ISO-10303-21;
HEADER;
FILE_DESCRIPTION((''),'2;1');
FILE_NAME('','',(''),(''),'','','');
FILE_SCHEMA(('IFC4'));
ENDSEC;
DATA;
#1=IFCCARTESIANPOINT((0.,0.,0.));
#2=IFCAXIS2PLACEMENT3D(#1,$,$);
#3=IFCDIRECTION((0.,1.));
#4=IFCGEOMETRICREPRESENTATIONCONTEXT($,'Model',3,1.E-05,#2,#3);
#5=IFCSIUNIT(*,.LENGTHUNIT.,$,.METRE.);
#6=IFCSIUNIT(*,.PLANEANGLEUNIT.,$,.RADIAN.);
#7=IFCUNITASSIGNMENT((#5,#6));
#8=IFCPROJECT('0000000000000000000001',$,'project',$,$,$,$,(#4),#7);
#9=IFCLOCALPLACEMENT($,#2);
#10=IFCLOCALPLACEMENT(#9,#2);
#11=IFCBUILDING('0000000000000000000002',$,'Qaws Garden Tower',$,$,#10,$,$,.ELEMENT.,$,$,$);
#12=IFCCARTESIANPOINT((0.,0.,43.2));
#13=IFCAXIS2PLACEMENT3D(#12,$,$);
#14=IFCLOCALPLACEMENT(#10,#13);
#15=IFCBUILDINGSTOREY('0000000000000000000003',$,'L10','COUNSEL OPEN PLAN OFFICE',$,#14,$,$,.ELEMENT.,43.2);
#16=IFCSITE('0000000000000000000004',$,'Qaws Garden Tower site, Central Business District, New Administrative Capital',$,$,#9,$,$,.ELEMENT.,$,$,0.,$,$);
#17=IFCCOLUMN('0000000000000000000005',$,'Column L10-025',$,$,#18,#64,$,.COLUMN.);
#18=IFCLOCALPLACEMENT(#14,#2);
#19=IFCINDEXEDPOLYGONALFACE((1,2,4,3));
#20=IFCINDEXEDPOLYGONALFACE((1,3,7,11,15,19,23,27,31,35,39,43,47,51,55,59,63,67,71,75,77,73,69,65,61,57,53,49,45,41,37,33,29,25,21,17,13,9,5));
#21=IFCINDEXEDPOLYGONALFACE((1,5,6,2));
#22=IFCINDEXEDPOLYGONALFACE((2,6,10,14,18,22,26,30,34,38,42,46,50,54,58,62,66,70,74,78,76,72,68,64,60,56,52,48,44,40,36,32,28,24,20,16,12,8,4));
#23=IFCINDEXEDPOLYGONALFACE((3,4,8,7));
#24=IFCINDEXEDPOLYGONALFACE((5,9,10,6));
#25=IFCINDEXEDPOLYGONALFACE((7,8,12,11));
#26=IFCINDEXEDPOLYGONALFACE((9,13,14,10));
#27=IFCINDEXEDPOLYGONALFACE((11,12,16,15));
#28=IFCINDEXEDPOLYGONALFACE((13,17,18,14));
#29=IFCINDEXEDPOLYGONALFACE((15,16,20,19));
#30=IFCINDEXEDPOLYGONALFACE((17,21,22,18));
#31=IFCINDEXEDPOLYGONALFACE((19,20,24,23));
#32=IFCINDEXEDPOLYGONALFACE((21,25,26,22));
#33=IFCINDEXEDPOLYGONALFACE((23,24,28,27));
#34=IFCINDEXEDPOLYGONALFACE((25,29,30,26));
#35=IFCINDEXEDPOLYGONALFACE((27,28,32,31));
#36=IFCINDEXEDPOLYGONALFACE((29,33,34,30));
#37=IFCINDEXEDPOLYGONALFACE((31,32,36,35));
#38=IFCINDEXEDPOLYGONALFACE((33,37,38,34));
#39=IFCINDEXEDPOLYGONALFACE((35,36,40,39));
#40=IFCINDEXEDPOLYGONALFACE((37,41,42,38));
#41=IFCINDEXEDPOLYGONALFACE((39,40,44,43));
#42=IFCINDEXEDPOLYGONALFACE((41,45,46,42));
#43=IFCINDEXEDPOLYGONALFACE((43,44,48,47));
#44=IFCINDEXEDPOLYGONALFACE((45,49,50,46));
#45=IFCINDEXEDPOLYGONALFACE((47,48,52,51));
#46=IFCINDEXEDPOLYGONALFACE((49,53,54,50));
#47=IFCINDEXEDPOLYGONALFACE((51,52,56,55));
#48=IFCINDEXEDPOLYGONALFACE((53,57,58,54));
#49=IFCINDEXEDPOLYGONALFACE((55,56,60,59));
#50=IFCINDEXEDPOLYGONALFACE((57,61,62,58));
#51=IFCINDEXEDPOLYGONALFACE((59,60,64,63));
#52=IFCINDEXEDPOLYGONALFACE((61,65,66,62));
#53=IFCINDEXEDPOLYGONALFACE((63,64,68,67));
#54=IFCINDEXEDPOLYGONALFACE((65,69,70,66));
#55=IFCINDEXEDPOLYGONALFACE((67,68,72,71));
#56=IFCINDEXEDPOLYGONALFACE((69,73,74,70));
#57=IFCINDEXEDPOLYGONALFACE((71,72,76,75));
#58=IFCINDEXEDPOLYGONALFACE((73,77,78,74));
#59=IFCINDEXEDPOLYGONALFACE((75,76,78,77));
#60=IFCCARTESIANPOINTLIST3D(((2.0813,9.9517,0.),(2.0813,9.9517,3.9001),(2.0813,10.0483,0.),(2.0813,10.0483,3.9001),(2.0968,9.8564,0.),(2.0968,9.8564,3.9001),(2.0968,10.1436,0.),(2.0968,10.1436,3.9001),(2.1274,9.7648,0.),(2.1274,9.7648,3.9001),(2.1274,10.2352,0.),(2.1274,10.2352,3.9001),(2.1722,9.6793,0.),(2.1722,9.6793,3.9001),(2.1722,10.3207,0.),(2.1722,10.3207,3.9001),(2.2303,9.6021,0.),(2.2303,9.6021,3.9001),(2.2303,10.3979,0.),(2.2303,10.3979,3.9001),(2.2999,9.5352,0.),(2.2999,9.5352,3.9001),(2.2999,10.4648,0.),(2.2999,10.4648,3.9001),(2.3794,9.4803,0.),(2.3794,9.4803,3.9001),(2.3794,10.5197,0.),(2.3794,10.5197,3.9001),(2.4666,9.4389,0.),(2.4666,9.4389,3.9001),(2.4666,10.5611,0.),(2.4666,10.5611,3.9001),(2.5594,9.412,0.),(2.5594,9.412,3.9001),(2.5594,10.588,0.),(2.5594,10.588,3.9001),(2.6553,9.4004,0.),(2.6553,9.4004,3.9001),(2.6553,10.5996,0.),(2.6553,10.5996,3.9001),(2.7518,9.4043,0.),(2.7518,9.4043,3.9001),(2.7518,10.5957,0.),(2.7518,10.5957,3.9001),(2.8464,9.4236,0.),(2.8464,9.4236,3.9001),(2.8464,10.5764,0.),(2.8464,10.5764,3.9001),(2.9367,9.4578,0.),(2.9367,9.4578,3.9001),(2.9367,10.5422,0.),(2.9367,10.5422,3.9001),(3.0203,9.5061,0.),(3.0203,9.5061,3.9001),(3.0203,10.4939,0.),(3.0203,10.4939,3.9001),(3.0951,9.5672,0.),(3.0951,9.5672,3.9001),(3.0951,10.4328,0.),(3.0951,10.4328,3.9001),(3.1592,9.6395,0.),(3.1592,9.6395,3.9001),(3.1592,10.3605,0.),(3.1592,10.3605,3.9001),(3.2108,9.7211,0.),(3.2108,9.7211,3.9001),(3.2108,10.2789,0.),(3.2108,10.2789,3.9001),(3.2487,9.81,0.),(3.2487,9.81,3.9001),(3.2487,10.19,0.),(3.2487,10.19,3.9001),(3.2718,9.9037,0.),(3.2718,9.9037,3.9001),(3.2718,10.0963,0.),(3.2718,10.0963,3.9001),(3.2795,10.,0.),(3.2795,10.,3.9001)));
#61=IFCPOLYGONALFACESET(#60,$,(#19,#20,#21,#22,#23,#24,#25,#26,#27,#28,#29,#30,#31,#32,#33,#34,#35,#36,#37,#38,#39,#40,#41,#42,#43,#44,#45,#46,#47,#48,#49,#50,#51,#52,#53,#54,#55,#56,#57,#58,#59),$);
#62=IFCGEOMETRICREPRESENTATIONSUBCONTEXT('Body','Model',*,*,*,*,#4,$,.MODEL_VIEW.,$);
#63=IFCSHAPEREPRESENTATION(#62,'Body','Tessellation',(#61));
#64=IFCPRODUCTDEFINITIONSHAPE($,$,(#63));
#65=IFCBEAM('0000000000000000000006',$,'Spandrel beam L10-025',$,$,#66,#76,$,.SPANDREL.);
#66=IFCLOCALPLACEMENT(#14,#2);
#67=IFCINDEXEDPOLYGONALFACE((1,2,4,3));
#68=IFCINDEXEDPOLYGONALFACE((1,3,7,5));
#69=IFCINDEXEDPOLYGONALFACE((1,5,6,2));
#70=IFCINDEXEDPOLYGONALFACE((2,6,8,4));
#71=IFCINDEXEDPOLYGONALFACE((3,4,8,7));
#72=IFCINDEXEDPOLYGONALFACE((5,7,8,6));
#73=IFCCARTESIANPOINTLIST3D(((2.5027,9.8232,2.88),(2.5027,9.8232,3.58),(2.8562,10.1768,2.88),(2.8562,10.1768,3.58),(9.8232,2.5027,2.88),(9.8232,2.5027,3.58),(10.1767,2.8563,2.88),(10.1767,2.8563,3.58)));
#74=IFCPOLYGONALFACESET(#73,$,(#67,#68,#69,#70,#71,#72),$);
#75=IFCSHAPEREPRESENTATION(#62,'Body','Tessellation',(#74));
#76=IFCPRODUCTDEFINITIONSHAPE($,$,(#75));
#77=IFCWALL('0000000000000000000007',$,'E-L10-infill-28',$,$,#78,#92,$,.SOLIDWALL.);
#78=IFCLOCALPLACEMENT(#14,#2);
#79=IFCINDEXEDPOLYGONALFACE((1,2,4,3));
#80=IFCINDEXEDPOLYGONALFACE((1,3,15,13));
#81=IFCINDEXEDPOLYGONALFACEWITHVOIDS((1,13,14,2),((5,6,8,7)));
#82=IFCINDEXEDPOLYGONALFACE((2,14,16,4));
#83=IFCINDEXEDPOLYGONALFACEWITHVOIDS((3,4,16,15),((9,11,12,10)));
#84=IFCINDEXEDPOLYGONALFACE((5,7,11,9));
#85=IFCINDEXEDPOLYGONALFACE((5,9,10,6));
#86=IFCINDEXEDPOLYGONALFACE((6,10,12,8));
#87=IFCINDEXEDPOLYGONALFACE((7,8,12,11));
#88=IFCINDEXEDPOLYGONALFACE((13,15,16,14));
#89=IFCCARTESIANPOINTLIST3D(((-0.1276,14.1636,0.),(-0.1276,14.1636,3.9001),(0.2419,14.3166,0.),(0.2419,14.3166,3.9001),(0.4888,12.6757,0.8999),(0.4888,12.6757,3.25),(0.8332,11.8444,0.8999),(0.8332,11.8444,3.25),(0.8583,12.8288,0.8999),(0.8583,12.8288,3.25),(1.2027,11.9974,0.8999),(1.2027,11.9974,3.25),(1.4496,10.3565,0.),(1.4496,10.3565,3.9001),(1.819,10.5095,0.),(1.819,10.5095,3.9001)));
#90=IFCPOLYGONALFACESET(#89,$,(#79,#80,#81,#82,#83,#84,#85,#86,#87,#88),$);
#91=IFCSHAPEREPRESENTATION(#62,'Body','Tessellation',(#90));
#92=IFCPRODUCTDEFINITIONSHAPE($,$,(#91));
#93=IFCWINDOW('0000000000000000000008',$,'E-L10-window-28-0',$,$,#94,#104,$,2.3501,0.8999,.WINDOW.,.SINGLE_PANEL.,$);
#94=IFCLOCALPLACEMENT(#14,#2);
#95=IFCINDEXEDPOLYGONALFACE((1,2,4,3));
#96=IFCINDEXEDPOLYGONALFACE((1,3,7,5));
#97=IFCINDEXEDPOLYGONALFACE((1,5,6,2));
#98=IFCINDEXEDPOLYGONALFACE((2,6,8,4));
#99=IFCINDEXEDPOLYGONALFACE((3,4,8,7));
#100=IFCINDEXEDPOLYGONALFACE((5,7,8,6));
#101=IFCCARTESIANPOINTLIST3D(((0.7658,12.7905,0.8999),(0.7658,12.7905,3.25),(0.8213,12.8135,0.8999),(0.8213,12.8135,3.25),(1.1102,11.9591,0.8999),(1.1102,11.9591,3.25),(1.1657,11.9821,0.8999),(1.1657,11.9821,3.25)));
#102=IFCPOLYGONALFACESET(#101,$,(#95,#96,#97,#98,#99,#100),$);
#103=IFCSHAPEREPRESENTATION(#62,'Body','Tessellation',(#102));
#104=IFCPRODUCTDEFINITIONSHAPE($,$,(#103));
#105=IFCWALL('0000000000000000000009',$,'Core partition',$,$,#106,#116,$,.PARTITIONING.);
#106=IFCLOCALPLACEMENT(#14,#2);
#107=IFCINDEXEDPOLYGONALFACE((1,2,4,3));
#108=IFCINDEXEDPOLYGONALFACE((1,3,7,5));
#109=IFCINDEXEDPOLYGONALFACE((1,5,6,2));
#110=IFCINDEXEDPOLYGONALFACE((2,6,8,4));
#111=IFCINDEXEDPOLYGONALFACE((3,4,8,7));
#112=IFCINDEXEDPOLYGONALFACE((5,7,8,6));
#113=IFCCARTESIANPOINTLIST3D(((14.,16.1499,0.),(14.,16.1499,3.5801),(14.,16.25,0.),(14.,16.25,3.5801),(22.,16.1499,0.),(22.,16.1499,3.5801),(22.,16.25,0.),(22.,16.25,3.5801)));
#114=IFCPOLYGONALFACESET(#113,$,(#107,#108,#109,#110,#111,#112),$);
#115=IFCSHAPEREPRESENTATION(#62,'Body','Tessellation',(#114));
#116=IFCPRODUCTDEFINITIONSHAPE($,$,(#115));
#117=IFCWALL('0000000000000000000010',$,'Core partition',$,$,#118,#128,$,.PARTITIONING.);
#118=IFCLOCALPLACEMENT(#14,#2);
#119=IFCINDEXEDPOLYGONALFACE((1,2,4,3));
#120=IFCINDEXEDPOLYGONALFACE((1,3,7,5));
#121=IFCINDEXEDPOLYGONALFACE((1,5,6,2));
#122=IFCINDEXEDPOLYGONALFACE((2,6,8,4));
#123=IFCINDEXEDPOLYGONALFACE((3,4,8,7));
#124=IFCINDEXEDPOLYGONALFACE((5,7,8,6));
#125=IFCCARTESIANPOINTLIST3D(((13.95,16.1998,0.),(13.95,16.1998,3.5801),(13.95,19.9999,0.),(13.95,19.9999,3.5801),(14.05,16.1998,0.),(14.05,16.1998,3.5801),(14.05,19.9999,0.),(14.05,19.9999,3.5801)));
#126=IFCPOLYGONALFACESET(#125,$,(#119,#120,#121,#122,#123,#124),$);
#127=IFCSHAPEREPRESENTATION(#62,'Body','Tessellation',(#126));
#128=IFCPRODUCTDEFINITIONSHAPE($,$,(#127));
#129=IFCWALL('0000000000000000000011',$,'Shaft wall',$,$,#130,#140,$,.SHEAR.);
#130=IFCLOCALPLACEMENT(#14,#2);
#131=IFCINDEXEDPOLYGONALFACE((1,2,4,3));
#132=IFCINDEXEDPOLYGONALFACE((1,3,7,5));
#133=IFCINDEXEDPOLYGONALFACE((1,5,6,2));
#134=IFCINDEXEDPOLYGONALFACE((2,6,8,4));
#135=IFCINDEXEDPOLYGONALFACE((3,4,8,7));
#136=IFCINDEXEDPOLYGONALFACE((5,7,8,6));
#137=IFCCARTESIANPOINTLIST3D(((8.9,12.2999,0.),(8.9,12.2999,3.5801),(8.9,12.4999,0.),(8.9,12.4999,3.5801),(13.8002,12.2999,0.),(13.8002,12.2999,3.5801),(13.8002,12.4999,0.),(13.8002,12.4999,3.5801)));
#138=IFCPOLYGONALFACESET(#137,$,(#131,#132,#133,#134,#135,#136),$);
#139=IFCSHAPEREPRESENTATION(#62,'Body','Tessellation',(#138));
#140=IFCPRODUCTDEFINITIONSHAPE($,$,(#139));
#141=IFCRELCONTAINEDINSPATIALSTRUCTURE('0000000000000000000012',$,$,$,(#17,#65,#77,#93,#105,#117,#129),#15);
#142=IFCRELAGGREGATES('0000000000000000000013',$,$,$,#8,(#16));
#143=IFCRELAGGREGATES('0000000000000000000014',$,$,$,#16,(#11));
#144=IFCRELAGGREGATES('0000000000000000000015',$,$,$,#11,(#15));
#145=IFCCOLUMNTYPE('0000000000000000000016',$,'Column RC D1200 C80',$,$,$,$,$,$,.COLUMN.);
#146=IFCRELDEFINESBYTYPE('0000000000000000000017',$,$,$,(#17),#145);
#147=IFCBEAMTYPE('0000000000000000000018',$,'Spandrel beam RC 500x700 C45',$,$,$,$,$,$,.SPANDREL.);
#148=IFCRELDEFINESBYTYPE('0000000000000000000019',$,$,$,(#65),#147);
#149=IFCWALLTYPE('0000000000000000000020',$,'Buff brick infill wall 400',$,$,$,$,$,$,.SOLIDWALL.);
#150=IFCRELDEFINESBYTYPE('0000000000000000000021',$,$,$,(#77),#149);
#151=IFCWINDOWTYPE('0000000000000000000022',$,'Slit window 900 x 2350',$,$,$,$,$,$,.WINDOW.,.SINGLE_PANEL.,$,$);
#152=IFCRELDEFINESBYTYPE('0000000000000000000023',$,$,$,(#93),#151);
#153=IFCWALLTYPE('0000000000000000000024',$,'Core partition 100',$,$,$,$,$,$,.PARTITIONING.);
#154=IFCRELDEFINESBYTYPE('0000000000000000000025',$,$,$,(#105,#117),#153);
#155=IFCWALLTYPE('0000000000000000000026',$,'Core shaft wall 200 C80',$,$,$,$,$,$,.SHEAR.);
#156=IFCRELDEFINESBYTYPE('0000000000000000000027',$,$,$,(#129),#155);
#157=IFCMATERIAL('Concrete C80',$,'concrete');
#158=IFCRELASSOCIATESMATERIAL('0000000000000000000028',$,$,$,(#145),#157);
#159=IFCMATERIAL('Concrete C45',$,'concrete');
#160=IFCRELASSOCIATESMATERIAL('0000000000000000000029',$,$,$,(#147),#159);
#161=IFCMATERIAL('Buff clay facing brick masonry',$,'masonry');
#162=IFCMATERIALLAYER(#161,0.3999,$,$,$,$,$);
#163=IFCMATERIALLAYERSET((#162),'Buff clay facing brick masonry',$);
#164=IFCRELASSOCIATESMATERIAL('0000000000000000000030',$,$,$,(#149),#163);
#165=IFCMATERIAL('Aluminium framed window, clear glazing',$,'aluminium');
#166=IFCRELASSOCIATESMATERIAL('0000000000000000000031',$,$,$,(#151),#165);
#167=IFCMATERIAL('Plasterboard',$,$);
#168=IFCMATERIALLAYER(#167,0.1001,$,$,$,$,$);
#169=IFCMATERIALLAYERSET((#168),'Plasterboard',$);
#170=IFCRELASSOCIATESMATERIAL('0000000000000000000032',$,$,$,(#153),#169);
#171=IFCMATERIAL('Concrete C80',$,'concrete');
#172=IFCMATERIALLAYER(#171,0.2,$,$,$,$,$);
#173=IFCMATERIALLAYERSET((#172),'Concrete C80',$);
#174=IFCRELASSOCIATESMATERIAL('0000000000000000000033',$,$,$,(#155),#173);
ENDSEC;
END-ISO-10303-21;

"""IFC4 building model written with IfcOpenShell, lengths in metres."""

from ifc_helpers import new_model, si_unit, direction, frame, frame_2d, origin, origin_2d, place, context, subcontext, project, spatial, rectangle, circle, extrude, material, layer, layer_set, material_profile, profile_set, type_object, element, fill, save


model = new_model("IFC4")

# Units and contexts
model_context = context("Model", 3, precision=1e-05, world=origin(), true_north=direction((0.0, 1.0)))
body_context = subcontext(model_context, "Body", "Model", "MODEL_VIEW")
ifc_project = project(units=[si_unit("LENGTHUNIT", "METRE"), si_unit("PLANEANGLEUNIT", "RADIAN")], contexts=[model_context])

# Site, building, storey
site_placement = place(None, origin())
site = spatial("IfcSite", under=ifc_project, at=site_placement, Name="Qaws Garden Tower site, Central Business District, New Administrative Capital", CompositionType="ELEMENT", RefElevation=0.0)
building_placement = place(site_placement, origin())
building = spatial("IfcBuilding", under=site, at=building_placement, Name="Qaws Garden Tower", CompositionType="ELEMENT")
storey_placement = place(building_placement, frame((0.0, 0.0, 43.2)))
storey = spatial("IfcBuildingStorey", under=building, at=storey_placement, Name="L10", Description="COUNSEL OPEN PLAN OFFICE", CompositionType="ELEMENT", Elevation=43.2)

# Column
ifc_material_1 = material(Name="Concrete C80", Category="concrete")
ifc_material_profile_1 = material_profile(ifc_material_1, circle(Radius=0.6001, at=origin_2d()), Name="RC D1200")
ifc_profile_set_1 = profile_set([ifc_material_profile_1], Name="Concrete C80")
column_type = type_object("IfcColumnType", Name="Column RC D1200 C80", PredefinedType="COLUMN", material=ifc_profile_set_1)
column_placement = place(storey_placement, frame((2.6794, 10.0, 0.0), z_axis=(0.0, 0.0, 1.0), x_axis=(1.0, 0.0, 0.0)))
element("IfcColumn", 1, at=column_placement, inside=storey, type_object=column_type, Name="Column L10-025", PredefinedType="COLUMN", context=body_context, shape_type="SweptSolid", body=[
    extrude(circle(Radius=0.6001, at=origin_2d()), origin(), (0.0, 0.0, 1.0), 3.9001),
])

# Beam
ifc_material_2 = material(Name="Concrete C45", Category="concrete")
ifc_material_profile_2 = material_profile(ifc_material_2, rectangle(XDim=0.5, YDim=0.7, at=origin_2d()), Name="RC 500x700")
ifc_profile_set_2 = profile_set([ifc_material_profile_2], Name="Concrete C45")
beam_type = type_object("IfcBeamType", Name="Spandrel beam RC 500x700 C45", PredefinedType="SPANDREL", material=ifc_profile_set_2)
beam_placement = place(storey_placement, frame((2.6794, 10.0, 3.23), z_axis=(0.707107, -0.707107, 0.0), x_axis=(0.707107, 0.707107, 0.0)))
element("IfcBeam", 2, at=beam_placement, inside=storey, type_object=beam_type, Name="Spandrel beam L10-025", PredefinedType="SPANDREL", context=body_context, shape_type="SweptSolid", body=[
    extrude(rectangle(XDim=0.5, YDim=0.7, at=origin_2d()), origin(), (0.0, 0.0, 1.0), 10.3528),
])

# Wall, opening, window
ifc_material_3 = material(Name="Buff clay facing brick masonry", Category="masonry")
ifc_layer_1 = layer(ifc_material_3, 0.3999)
ifc_layer_set_1 = layer_set([ifc_layer_1], Name="Buff clay facing brick masonry")
wall_type_1 = type_object("IfcWallType", Name="Buff brick infill wall 400", PredefinedType="SOLIDWALL", material=ifc_layer_set_1)
wall_1_placement = place(storey_placement, frame((0.0571, 14.2402, 0.0), z_axis=(0.0, 0.0, 1.0), x_axis=(0.382722, -0.923864, 0.0)))
wall_1 = element("IfcWall", 3, at=wall_1_placement, inside=storey, type_object=wall_type_1, Name="E-L10-infill-28", PredefinedType="SOLIDWALL", context=body_context, shape_type="SweptSolid", body=[
    extrude(rectangle(XDim=4.1208, YDim=0.3999, at=frame_2d((2.0605, 0.0))), origin(), (0.0, 0.0, 1.0), 3.9001),
])
opening_1_placement = place(wall_1_placement, frame((1.6106, 0.0, 0.8999)))
opening_1 = element("IfcOpeningElement", 4, at=opening_1_placement, cuts=wall_1, PredefinedType="OPENING", context=body_context, shape_type="SweptSolid", body=[
    extrude(rectangle(XDim=0.8999, YDim=2.3501, at=frame_2d((0.45, 1.175))), frame((0.0, 0.21, 0.0), z_axis=(0.0, -1.0, 0.0), x_axis=(1.0, 0.0, 0.0)), (0.0, 0.0, 1.0), 0.4199),
])
ifc_material_4 = material(Name="Aluminium framed window, clear glazing", Category="aluminium")
window_type = type_object("IfcWindowType", Name="Slit window 900 x 2350", PartitioningType="SINGLE_PANEL", PredefinedType="WINDOW", material=ifc_material_4)
window_placement = place(opening_1_placement, origin())
window = element("IfcWindow", 5, at=window_placement, inside=storey, type_object=window_type, Name="E-L10-window-28-0", OverallHeight=2.3501, OverallWidth=0.8999, PartitioningType="SINGLE_PANEL", PredefinedType="WINDOW", context=body_context, shape_type="SweptSolid", body=[
    extrude(rectangle(XDim=0.8999, YDim=2.3501, at=frame_2d((0.45, 1.175))), frame((0.0, 0.1599, 0.0), z_axis=(0.0, -1.0, 0.0), x_axis=(1.0, 0.0, 0.0)), (0.0, 0.0, 1.0), 0.0601),
])
fill(opening_1, window)

# Walls
ifc_material_5 = material(Name="Plasterboard")
ifc_layer_2 = layer(ifc_material_5, 0.1001)
ifc_layer_set_2 = layer_set([ifc_layer_2], Name="Plasterboard")
wall_type_2 = type_object("IfcWallType", Name="Core partition 100", PredefinedType="PARTITIONING", material=ifc_layer_set_2)
wall_2_placement = place(storey_placement, frame((14.0, 16.2, 0.0), z_axis=(0.0, 0.0, 1.0), x_axis=(1.0, 0.0, 0.0)))
element("IfcWall", 6, at=wall_2_placement, inside=storey, type_object=wall_type_2, Name="Core partition", PredefinedType="PARTITIONING", context=body_context, shape_type="SweptSolid", body=[
    extrude(rectangle(XDim=8.0, YDim=0.1001, at=frame_2d((4.0, 0.0))), origin(), (0.0, 0.0, 1.0), 3.5801),
])
wall_3_placement = place(storey_placement, frame((14.0, 16.2, 0.0), z_axis=(0.0, 0.0, 1.0), x_axis=(0.0, 1.0, 0.0)))
element("IfcWall", 7, at=wall_3_placement, inside=storey, type_object=wall_type_2, Name="Core partition", PredefinedType="PARTITIONING", context=body_context, shape_type="SweptSolid", body=[
    extrude(rectangle(XDim=3.8, YDim=0.1001, at=frame_2d((1.8999, 0.0))), origin(), (0.0, 0.0, 1.0), 3.5801),
])
ifc_material_6 = material(Name="Concrete C80", Category="concrete")
ifc_layer_3 = layer(ifc_material_6, 0.2)
ifc_layer_set_3 = layer_set([ifc_layer_3], Name="Concrete C80")
wall_type_3 = type_object("IfcWallType", Name="Core shaft wall 200 C80", PredefinedType="SHEAR", material=ifc_layer_set_3)
wall_4_placement = place(storey_placement, frame((8.8999, 12.3999, 0.0), z_axis=(0.0, 0.0, 1.0), x_axis=(1.0, 0.0, 0.0)))
element("IfcWall", 8, at=wall_4_placement, inside=storey, type_object=wall_type_3, Name="Shaft wall", PredefinedType="SHEAR", context=body_context, shape_type="SweptSolid", body=[
    extrude(rectangle(XDim=4.9001, YDim=0.2, at=frame_2d((2.4502, 0.0))), origin(), (0.0, 0.0, 1.0), 3.5801),
])

save(model, "model.ifc")
